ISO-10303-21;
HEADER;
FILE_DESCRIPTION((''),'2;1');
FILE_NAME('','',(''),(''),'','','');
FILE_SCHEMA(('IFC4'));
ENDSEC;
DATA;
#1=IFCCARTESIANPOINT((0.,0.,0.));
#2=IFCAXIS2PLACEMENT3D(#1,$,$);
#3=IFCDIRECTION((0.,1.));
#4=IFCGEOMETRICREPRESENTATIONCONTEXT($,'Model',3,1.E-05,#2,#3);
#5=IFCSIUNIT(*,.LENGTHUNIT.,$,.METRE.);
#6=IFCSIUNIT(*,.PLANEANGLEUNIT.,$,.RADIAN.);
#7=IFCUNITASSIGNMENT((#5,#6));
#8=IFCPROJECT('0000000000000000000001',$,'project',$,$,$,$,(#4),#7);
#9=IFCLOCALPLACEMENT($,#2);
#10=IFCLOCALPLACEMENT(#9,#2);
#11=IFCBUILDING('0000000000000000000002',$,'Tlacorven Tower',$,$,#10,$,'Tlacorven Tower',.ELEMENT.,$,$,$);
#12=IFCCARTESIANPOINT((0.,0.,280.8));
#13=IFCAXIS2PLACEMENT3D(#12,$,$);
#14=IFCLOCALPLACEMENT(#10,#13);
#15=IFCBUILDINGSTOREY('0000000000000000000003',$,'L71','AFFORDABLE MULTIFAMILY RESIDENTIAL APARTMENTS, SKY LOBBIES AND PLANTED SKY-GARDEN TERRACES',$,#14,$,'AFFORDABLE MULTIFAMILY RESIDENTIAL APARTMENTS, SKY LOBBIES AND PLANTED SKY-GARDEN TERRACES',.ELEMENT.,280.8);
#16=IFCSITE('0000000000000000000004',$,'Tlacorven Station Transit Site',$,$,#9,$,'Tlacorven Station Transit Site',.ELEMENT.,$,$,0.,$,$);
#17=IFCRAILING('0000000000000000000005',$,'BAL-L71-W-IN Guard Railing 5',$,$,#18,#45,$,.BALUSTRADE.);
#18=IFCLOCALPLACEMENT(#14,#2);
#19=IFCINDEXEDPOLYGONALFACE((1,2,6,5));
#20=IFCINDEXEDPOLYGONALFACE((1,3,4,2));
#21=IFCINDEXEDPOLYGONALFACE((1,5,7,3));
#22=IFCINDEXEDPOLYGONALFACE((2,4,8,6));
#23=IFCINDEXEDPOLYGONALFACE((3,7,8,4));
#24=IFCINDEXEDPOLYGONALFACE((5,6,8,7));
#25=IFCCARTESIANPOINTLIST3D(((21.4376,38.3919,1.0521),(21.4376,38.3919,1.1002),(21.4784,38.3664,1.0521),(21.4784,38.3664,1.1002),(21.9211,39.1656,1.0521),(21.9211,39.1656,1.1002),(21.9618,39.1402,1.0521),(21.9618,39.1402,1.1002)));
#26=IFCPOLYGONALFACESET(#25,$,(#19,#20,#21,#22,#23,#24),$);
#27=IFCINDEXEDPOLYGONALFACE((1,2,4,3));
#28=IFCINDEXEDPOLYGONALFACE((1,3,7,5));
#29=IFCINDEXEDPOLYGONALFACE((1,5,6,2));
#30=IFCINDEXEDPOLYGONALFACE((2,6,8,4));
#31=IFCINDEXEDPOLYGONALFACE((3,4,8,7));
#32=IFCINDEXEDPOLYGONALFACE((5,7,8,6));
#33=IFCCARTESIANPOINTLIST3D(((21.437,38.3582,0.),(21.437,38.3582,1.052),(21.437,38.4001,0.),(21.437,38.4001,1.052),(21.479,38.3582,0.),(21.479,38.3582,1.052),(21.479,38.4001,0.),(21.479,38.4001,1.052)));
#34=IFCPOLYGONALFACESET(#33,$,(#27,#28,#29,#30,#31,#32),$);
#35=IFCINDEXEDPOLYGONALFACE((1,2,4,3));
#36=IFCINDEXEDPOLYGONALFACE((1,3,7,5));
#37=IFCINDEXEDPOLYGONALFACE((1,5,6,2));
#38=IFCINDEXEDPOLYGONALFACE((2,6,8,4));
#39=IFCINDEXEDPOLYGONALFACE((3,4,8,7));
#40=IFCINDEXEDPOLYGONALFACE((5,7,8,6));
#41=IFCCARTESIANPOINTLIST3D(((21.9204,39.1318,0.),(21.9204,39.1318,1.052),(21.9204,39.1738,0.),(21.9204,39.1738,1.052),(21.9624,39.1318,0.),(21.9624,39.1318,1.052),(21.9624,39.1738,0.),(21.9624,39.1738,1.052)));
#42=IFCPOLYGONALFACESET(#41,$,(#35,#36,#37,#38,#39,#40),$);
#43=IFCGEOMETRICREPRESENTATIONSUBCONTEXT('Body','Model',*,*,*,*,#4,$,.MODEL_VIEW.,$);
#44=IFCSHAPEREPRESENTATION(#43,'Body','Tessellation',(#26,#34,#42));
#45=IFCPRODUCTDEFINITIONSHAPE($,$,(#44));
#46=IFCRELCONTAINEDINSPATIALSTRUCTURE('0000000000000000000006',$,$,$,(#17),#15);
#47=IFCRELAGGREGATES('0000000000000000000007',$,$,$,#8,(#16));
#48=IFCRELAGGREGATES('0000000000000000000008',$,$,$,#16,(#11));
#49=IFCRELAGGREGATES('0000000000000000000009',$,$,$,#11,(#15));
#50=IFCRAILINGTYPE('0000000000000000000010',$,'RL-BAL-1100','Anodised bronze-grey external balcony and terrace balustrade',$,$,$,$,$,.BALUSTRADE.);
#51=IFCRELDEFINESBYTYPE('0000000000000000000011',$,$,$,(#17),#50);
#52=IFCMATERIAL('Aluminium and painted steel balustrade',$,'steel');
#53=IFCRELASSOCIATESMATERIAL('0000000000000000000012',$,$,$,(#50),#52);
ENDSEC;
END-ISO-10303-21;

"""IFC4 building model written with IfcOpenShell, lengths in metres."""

from ifc_helpers import new_model, si_unit, direction, frame, origin, origin_2d, place, context, subcontext, project, spatial, rectangle, extrude, source, transform, mapped, material, type_object, element, save


model = new_model("IFC4")

# Units and contexts
model_context = context("Model", 3, precision=1e-05, world=origin(), true_north=direction((0.0, 1.0)))
body_context = subcontext(model_context, "Body", "Model", "MODEL_VIEW")
ifc_project = project(units=[si_unit("LENGTHUNIT", "METRE"), si_unit("PLANEANGLEUNIT", "RADIAN")], contexts=[model_context])

# Site, building, storey
site_placement = place(None, origin())
site = spatial("IfcSite", under=ifc_project, at=site_placement, Name="Tlacorven Station Transit Site", LongName="Tlacorven Station Transit Site", CompositionType="ELEMENT", RefElevation=0.0)
building_placement = place(site_placement, origin())
building = spatial("IfcBuilding", under=site, at=building_placement, Name="Tlacorven Tower", LongName="Tlacorven Tower", CompositionType="ELEMENT")
storey_placement = place(building_placement, frame((0.0, 0.0, 280.8)))
storey = spatial("IfcBuildingStorey", under=building, at=storey_placement, Name="L71", Description="AFFORDABLE MULTIFAMILY RESIDENTIAL APARTMENTS, SKY LOBBIES AND PLANTED SKY-GARDEN TERRACES", LongName="AFFORDABLE MULTIFAMILY RESIDENTIAL APARTMENTS, SKY LOBBIES AND PLANTED SKY-GARDEN TERRACES", CompositionType="ELEMENT", Elevation=280.8)

# Railing
ifc_material_1 = material(Name="Aluminium and painted steel balustrade", Category="steel")
railing_type = type_object("IfcRailingType", Name="RL-BAL-1100", Description="Anodised bronze-grey external balcony and terrace balustrade", PredefinedType="BALUSTRADE", material=ifc_material_1)
shared_shape_1 = source(origin(), body_context, "Body", "SweptSolid", [
    extrude(rectangle(XDim=0.0481, YDim=0.0481, at=origin_2d()), frame((0.0, 0.0, 1.0762), z_axis=(0.529879, 0.848073, 0.0), x_axis=(-0.848073, 0.529879, 0.0)), (0.0, 0.0, 1.0), 0.9124),
    extrude(rectangle(XDim=0.042, YDim=0.042, at=origin_2d()), origin(), (0.0, 0.0, 1.0), 1.052),
    extrude(rectangle(XDim=0.042, YDim=0.042, at=origin_2d()), frame((0.4834, 0.7737, 0.0)), (0.0, 0.0, 1.0), 1.052),
])
railing_1_placement = place(storey_placement, frame((21.458, 38.3792, 0.0)))
element("IfcRailing", 1, at=railing_1_placement, inside=storey, type_object=railing_type, Name="BAL-L71-W-IN Guard Railing 5", PredefinedType="BALUSTRADE", context=body_context, shape_type="MappedRepresentation", body=[
    mapped(shared_shape_1, transform((0.0, 0.0, 0.0), scale=1.0)),
])

save(model, "model.ifc")
